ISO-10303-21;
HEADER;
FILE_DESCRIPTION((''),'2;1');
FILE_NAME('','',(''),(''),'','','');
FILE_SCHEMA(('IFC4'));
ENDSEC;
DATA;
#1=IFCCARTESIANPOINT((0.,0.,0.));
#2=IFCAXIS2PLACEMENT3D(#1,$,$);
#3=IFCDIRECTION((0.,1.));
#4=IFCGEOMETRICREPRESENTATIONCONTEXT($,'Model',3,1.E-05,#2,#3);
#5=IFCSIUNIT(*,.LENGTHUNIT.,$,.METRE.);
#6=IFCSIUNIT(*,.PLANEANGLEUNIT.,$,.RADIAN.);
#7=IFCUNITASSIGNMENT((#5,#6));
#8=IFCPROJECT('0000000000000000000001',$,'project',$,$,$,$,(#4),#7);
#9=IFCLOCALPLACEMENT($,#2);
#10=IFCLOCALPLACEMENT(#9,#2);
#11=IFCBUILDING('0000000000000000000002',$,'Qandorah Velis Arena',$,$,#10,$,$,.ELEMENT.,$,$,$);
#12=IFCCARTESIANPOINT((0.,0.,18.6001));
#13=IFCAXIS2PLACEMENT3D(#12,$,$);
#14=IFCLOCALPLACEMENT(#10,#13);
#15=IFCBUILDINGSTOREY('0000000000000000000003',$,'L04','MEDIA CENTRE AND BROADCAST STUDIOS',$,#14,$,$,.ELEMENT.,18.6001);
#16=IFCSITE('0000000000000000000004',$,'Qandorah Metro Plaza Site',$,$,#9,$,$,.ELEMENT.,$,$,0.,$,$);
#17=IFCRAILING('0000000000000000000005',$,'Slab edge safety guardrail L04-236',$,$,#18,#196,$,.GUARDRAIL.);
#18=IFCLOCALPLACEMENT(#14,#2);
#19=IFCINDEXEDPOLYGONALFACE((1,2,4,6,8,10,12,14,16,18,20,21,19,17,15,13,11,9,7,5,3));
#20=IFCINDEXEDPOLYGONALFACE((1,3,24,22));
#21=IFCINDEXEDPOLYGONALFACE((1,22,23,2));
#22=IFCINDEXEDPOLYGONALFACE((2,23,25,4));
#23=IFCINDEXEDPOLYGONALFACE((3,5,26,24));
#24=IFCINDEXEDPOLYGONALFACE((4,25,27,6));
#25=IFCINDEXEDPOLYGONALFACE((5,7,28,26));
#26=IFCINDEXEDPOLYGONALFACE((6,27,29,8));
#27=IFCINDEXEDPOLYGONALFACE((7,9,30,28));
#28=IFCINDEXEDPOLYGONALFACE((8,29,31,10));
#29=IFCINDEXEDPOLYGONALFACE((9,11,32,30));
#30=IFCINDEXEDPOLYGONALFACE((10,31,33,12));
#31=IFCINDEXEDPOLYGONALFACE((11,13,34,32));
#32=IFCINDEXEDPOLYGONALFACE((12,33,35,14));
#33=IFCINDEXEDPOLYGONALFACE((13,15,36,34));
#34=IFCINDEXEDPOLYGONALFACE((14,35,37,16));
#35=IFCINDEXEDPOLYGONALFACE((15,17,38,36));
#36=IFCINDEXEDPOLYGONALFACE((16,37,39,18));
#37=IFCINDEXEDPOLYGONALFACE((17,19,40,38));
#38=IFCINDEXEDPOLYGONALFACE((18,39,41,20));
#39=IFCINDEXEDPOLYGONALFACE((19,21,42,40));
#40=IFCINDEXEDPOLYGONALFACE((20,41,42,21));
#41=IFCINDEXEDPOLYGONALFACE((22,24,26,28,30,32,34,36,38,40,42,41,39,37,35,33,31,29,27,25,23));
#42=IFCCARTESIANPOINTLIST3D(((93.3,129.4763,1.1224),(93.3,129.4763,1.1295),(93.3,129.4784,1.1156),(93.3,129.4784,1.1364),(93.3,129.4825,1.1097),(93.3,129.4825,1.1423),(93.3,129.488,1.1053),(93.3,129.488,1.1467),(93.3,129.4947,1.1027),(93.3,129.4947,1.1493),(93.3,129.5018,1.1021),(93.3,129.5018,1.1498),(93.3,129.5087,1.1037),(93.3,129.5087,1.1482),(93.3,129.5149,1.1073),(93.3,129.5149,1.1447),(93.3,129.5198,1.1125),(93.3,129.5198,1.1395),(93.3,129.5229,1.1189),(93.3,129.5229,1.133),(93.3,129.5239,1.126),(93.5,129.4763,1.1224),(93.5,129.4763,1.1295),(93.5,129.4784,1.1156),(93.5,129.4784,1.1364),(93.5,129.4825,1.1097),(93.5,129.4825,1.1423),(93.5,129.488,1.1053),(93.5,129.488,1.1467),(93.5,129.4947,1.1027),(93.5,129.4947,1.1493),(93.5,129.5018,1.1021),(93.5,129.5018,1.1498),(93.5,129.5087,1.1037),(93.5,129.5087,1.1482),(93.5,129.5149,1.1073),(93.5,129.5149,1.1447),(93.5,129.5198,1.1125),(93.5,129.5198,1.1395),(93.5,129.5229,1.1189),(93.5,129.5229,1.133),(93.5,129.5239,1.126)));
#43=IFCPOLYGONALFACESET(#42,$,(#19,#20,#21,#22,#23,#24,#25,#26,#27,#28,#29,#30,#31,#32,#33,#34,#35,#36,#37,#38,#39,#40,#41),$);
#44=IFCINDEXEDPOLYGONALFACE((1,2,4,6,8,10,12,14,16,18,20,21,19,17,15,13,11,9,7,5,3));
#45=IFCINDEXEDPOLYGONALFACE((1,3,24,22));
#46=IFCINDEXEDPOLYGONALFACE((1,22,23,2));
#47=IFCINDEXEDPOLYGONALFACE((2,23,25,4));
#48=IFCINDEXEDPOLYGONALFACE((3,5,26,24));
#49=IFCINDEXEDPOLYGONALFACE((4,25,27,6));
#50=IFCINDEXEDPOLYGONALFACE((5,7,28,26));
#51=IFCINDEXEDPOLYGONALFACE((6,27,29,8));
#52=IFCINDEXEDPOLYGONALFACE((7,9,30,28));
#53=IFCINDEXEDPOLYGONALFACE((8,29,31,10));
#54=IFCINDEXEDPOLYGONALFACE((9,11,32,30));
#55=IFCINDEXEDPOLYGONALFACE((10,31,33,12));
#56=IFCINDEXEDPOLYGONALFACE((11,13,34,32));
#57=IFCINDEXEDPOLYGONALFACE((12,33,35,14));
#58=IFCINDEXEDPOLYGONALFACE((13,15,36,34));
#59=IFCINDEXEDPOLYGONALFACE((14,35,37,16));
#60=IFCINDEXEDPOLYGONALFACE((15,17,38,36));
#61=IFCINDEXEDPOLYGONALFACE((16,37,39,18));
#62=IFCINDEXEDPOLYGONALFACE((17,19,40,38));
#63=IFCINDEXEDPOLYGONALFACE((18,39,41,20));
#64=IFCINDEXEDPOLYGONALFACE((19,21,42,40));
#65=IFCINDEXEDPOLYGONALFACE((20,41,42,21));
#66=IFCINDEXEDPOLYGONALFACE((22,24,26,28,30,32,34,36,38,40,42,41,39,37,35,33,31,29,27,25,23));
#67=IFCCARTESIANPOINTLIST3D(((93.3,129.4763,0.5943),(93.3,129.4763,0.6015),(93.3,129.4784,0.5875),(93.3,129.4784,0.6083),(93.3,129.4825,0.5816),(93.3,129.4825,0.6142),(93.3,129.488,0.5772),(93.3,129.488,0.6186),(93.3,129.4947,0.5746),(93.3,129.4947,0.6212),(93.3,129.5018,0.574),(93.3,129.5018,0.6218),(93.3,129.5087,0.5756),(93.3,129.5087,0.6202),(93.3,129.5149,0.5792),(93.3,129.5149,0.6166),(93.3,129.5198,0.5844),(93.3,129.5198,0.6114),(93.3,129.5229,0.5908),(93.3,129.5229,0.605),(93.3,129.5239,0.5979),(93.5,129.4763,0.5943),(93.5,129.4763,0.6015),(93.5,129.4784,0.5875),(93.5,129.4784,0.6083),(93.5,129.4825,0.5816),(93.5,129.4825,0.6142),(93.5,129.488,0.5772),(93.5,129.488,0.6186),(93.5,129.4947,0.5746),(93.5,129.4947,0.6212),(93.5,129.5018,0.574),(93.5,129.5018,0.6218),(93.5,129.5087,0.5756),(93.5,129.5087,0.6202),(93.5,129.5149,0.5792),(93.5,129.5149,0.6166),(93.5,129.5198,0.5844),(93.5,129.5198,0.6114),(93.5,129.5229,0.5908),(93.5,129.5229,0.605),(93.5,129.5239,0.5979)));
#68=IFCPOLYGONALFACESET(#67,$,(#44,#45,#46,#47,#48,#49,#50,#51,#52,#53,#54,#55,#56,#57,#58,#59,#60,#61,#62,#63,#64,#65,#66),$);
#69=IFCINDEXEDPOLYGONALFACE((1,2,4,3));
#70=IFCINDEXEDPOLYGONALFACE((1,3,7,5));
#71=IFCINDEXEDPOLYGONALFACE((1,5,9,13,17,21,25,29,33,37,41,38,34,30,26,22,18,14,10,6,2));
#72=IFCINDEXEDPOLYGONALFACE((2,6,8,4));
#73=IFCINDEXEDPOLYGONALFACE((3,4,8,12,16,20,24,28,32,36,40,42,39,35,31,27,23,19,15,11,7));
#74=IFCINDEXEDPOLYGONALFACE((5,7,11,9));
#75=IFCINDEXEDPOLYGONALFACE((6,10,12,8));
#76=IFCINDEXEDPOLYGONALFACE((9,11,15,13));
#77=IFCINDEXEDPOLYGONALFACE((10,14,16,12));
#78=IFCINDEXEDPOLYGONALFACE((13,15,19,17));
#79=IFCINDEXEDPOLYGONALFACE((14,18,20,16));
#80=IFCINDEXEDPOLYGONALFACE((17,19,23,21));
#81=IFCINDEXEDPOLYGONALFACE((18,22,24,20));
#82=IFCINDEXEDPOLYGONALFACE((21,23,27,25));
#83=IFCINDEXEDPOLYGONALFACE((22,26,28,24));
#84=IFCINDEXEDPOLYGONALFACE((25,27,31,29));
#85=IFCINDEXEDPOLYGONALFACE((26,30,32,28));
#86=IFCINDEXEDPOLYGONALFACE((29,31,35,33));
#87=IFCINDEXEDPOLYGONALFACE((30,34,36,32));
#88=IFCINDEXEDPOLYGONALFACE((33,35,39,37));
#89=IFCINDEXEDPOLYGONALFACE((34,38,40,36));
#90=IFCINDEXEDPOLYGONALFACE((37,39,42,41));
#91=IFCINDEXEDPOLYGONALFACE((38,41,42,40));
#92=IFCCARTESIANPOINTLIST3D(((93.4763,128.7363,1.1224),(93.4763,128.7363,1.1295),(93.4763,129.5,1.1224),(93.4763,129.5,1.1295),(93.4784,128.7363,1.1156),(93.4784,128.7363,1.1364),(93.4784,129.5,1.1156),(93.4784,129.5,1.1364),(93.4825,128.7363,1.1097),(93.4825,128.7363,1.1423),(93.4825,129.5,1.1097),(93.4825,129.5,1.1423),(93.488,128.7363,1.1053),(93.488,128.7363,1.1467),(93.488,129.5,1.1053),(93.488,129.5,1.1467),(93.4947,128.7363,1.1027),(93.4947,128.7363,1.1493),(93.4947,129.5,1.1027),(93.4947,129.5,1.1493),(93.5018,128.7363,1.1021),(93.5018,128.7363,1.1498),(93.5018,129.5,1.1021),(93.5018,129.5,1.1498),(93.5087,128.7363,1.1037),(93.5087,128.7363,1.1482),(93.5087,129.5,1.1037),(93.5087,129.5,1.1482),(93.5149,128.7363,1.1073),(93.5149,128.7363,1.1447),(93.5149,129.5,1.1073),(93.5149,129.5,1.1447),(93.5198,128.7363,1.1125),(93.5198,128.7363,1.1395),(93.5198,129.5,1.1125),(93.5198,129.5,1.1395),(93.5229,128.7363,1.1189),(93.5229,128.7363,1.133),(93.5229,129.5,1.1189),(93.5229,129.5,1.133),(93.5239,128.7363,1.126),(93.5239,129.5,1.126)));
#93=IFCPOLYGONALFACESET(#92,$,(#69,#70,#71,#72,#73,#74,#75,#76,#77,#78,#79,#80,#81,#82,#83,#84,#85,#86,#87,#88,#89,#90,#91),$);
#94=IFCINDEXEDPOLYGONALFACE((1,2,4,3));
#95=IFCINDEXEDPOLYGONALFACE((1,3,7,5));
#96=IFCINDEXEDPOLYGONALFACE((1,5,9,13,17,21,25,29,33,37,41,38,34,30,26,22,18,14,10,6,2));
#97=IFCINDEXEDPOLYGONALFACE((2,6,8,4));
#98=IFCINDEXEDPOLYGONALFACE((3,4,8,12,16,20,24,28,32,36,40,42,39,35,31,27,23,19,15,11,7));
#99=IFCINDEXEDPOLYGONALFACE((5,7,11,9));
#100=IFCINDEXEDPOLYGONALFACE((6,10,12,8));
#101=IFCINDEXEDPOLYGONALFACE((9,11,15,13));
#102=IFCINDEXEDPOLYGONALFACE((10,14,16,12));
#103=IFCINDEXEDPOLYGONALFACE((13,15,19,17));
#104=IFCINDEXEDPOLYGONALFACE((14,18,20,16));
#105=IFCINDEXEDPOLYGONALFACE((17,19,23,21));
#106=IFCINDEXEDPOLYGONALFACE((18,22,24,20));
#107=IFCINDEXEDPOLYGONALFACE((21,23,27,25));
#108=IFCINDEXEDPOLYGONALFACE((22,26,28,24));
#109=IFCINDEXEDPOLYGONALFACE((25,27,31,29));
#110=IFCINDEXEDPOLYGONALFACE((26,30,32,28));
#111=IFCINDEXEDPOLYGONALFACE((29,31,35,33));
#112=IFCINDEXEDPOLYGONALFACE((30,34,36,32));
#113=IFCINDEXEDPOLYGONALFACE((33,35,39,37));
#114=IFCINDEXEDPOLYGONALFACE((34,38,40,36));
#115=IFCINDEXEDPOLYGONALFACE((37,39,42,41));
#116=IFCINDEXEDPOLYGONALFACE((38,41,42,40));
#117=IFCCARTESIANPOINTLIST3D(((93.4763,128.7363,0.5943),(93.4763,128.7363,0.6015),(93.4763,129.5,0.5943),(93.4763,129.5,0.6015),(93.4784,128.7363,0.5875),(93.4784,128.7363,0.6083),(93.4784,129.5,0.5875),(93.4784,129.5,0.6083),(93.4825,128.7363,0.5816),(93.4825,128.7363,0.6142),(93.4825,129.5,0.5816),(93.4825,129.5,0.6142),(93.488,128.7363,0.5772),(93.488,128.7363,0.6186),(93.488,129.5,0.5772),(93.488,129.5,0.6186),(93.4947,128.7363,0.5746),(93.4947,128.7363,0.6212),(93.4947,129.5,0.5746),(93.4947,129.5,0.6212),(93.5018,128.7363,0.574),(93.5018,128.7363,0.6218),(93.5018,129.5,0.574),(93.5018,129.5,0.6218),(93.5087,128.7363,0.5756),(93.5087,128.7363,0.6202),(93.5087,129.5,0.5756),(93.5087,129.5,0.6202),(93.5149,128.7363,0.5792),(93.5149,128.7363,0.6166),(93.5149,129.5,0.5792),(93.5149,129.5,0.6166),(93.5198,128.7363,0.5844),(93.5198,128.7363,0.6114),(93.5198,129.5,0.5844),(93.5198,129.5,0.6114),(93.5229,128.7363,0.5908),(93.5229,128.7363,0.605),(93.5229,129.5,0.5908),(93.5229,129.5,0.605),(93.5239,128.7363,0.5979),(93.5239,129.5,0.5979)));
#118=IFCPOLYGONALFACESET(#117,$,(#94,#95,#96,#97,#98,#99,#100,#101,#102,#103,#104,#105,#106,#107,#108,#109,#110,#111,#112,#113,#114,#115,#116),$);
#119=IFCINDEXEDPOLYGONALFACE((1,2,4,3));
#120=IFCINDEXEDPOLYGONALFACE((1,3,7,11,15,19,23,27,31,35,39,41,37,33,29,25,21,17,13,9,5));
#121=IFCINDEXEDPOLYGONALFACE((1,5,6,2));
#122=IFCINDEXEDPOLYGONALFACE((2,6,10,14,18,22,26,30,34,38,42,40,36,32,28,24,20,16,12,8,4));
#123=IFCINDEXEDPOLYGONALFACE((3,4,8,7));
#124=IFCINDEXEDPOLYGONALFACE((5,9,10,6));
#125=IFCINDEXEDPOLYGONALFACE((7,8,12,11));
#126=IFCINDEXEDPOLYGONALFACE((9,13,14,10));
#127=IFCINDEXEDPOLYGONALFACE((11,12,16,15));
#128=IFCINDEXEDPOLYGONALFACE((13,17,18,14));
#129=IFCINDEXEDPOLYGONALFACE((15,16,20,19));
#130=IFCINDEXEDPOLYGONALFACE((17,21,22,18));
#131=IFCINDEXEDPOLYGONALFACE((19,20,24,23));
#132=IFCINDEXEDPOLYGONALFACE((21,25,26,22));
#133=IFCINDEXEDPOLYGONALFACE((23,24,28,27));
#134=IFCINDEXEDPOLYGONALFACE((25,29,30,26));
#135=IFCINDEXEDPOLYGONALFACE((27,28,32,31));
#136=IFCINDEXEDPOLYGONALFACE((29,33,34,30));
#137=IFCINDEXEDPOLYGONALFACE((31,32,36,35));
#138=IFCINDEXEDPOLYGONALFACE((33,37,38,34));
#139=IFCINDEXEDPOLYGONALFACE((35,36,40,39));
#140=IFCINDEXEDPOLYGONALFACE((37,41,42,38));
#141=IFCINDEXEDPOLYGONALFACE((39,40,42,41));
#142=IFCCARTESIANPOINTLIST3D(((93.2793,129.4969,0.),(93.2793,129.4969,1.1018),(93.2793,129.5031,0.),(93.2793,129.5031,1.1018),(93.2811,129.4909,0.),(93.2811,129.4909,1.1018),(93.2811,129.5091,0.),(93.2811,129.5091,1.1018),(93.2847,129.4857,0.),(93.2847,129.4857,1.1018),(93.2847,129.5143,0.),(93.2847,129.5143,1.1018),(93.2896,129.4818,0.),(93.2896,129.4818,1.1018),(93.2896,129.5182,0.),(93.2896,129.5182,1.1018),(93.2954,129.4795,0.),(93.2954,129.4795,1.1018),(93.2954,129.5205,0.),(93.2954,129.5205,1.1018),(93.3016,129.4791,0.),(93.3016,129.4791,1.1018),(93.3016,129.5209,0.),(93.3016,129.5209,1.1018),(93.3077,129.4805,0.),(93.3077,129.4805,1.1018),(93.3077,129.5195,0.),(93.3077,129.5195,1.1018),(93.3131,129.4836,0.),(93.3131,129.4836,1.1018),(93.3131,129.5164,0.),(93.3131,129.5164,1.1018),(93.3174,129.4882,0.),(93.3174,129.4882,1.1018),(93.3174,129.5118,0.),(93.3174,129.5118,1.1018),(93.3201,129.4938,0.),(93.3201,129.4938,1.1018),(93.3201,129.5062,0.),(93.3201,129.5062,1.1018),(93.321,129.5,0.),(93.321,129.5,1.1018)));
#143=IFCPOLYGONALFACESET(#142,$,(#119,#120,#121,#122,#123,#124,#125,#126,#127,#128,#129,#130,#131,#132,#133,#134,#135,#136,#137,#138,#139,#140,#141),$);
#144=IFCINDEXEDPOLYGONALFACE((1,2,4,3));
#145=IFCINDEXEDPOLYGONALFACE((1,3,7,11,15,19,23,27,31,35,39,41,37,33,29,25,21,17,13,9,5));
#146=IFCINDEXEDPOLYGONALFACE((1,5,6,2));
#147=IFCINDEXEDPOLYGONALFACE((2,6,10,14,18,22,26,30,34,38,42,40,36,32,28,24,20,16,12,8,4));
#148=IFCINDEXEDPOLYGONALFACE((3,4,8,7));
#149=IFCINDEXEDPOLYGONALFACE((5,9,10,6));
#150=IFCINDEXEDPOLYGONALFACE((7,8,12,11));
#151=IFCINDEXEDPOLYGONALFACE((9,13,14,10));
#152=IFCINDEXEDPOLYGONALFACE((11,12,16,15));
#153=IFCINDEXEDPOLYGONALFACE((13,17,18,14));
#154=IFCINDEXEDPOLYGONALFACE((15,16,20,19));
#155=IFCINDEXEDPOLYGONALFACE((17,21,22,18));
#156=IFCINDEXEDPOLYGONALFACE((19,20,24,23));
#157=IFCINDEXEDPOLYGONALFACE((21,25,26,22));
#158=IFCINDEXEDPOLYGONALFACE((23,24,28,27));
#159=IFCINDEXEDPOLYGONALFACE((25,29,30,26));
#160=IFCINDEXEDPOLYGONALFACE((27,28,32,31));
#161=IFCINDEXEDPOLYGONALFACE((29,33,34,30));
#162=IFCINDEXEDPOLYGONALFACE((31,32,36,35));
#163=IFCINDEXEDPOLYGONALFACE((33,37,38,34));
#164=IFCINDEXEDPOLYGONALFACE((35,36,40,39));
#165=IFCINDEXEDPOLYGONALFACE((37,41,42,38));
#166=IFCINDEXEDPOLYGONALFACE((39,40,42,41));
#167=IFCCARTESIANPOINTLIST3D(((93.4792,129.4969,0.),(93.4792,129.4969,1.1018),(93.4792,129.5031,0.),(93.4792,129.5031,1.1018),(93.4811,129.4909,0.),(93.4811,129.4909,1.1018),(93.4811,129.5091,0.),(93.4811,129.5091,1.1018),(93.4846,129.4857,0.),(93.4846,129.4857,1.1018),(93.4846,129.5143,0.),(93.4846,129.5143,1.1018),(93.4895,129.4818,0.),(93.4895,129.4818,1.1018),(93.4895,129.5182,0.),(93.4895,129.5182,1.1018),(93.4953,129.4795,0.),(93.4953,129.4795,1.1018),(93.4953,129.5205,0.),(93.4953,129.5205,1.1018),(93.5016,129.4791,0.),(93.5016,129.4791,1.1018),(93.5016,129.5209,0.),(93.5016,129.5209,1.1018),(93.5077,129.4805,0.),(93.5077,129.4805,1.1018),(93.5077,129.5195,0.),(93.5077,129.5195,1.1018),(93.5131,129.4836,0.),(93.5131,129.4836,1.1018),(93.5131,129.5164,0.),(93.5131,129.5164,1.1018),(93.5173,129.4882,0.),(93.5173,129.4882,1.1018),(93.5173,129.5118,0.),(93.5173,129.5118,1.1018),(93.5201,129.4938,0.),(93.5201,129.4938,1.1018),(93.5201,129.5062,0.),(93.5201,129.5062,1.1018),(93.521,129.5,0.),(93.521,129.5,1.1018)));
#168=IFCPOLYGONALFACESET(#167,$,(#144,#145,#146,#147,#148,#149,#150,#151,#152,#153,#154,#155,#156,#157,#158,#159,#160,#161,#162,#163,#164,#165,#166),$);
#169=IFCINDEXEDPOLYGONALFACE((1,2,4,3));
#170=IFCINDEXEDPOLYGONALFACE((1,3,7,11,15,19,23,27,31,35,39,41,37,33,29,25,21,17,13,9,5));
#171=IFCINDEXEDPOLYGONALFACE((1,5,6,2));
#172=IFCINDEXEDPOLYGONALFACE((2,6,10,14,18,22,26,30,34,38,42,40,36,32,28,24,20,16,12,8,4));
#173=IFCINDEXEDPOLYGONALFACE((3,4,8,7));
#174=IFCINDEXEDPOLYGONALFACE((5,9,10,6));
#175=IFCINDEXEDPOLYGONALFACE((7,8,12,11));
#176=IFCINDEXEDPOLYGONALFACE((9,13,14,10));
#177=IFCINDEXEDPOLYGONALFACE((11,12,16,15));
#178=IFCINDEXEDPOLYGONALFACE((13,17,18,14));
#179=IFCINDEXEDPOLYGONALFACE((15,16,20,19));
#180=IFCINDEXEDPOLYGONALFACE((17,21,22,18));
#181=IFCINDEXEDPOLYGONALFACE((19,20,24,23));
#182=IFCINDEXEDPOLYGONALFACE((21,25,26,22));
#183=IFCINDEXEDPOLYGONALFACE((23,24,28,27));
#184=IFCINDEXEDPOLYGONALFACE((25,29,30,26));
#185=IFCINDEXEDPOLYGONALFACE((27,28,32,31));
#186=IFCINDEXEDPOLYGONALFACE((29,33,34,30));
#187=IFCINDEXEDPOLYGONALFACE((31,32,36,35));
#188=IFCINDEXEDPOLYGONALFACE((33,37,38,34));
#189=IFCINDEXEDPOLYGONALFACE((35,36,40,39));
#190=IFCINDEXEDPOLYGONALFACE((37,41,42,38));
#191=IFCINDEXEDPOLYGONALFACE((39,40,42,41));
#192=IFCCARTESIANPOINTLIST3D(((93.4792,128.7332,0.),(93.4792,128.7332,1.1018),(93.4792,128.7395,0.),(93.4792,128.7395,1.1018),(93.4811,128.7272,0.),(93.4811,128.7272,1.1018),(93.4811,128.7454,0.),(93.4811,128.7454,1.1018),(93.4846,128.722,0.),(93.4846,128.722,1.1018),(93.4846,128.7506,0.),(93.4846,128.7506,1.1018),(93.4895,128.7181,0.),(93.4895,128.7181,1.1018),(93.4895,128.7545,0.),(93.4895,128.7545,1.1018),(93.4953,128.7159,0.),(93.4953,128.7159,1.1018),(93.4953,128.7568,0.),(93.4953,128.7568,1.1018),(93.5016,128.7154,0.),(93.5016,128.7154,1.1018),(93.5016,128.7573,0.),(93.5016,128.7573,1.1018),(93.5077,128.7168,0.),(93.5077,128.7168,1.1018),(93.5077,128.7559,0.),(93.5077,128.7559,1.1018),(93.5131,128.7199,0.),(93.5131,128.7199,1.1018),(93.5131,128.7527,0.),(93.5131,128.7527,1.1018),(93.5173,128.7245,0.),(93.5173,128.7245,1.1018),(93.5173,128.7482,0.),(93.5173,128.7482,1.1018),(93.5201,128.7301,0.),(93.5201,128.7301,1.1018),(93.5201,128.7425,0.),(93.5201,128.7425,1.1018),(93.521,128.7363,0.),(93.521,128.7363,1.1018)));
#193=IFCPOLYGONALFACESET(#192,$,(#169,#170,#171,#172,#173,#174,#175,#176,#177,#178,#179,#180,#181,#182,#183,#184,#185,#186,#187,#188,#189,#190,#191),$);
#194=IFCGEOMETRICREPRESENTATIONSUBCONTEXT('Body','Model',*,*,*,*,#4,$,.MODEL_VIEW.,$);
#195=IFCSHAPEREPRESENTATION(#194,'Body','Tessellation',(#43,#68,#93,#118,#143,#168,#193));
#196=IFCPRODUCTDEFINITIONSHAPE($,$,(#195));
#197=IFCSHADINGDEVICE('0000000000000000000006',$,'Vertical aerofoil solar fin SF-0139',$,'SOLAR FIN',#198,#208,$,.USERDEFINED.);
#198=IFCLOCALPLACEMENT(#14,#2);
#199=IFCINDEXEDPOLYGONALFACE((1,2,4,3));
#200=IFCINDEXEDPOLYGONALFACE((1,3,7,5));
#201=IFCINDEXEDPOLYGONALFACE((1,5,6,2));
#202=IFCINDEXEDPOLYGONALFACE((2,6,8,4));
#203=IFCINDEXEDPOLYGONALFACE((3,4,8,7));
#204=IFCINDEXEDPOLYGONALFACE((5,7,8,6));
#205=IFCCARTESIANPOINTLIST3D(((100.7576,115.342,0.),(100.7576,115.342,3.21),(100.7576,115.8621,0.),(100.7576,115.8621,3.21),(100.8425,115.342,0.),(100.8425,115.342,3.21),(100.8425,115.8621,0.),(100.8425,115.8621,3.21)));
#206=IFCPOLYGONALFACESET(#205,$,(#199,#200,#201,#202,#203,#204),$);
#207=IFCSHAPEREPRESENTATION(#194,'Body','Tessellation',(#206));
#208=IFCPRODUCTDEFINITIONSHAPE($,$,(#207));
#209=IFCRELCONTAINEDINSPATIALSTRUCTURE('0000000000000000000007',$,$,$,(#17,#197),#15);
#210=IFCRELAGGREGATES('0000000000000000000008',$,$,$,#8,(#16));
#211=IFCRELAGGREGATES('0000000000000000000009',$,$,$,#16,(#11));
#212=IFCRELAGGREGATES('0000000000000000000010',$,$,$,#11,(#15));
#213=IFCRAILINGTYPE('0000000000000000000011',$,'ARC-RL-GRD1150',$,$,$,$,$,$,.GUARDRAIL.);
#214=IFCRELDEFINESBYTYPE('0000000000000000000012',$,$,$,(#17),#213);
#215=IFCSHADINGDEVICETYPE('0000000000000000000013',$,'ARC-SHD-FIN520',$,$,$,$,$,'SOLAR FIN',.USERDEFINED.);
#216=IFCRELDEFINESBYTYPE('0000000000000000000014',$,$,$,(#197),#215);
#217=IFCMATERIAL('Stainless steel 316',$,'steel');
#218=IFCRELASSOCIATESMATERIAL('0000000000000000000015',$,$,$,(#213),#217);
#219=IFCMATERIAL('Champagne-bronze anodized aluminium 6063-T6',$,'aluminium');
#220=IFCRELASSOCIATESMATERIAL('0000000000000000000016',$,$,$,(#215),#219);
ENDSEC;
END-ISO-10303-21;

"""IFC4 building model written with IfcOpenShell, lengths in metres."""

from ifc_helpers import new_model, si_unit, direction, frame, origin, origin_2d, place, context, subcontext, project, spatial, rectangle, circle, extrude, material, type_object, element, save


model = new_model("IFC4")

# Units and contexts
model_context = context("Model", 3, precision=1e-05, world=origin(), true_north=direction((0.0, 1.0)))
body_context = subcontext(model_context, "Body", "Model", "MODEL_VIEW")
ifc_project = project(units=[si_unit("LENGTHUNIT", "METRE"), si_unit("PLANEANGLEUNIT", "RADIAN")], contexts=[model_context])

# Site, building, storey
site_placement = place(None, origin())
site = spatial("IfcSite", under=ifc_project, at=site_placement, Name="Qandorah Metro Plaza Site", CompositionType="ELEMENT", RefElevation=0.0)
building_placement = place(site_placement, origin())
building = spatial("IfcBuilding", under=site, at=building_placement, Name="Qandorah Velis Arena", CompositionType="ELEMENT")
storey_placement = place(building_placement, frame((0.0, 0.0, 18.6001)))
storey = spatial("IfcBuildingStorey", under=building, at=storey_placement, Name="L04", Description="MEDIA CENTRE AND BROADCAST STUDIOS", CompositionType="ELEMENT", Elevation=18.6001)

# Shared definitions
ifc_material_1 = material(Name="Champagne-bronze anodized aluminium 6063-T6", Category="aluminium")

# Railing
ifc_material_2 = material(Name="Stainless steel 316", Category="steel")
railing_type = type_object("IfcRailingType", Name="ARC-RL-GRD1150", PredefinedType="GUARDRAIL", material=ifc_material_2)
railing_1_placement = place(storey_placement, frame((93.3, 129.5, 0.0)))
element("IfcRailing", 1, at=railing_1_placement, inside=storey, type_object=railing_type, Name="Slab edge safety guardrail L04-236", PredefinedType="GUARDRAIL", context=body_context, shape_type="SweptSolid", body=[
    extrude(circle(Radius=0.0239, at=origin_2d()), frame((0.0, 0.0, 1.126), z_axis=(1.0, 0.0, 0.0), x_axis=(0.0, 1.0, 0.0)), (0.0, 0.0, 1.0), 0.2),
    extrude(circle(Radius=0.0239, at=origin_2d()), frame((0.0, 0.0, 0.5979), z_axis=(1.0, 0.0, 0.0), x_axis=(0.0, 1.0, 0.0)), (0.0, 0.0, 1.0), 0.2),
    extrude(circle(Radius=0.0239, at=origin_2d()), frame((0.2, 0.0, 1.126), z_axis=(0.0, -1.0, 0.0), x_axis=(1.0, 0.0, 0.0)), (0.0, 0.0, 1.0), 0.7637),
    extrude(circle(Radius=0.0239, at=origin_2d()), frame((0.2, 0.0, 0.5979), z_axis=(0.0, -1.0, 0.0), x_axis=(1.0, 0.0, 0.0)), (0.0, 0.0, 1.0), 0.7637),
    extrude(circle(Radius=0.021, at=origin_2d()), origin(), (0.0, 0.0, 1.0), 1.1018),
    extrude(circle(Radius=0.021, at=origin_2d()), frame((0.2, 0.0, 0.0)), (0.0, 0.0, 1.0), 1.1018),
    extrude(circle(Radius=0.021, at=origin_2d()), frame((0.2, -0.7637, 0.0)), (0.0, 0.0, 1.0), 1.1018),
])

# Shading device
shading_device_type = type_object("IfcShadingDeviceType", Name="ARC-SHD-FIN520", ElementType="SOLAR FIN", PredefinedType="USERDEFINED", material=ifc_material_1)
for number, where, z_axis, x_axis, name in (
    (2, (100.8, 115.6021, 0.0), (0.0, 0.0, 1.0), (1.0, 0.0, 0.0), "Vertical aerofoil solar fin SF-0139"),
):
    element("IfcShadingDevice", number, at=place(storey_placement, frame(where, z_axis=z_axis, x_axis=x_axis)), inside=storey, type_object=shading_device_type, Name=name, ObjectType="SOLAR FIN", PredefinedType="USERDEFINED", context=body_context, shape_type="SweptSolid", body=[
        extrude(rectangle(XDim=0.085, YDim=0.52, at=origin_2d()), origin(), (0.0, 0.0, 1.0), 3.21),
    ])

save(model, "model.ifc")
